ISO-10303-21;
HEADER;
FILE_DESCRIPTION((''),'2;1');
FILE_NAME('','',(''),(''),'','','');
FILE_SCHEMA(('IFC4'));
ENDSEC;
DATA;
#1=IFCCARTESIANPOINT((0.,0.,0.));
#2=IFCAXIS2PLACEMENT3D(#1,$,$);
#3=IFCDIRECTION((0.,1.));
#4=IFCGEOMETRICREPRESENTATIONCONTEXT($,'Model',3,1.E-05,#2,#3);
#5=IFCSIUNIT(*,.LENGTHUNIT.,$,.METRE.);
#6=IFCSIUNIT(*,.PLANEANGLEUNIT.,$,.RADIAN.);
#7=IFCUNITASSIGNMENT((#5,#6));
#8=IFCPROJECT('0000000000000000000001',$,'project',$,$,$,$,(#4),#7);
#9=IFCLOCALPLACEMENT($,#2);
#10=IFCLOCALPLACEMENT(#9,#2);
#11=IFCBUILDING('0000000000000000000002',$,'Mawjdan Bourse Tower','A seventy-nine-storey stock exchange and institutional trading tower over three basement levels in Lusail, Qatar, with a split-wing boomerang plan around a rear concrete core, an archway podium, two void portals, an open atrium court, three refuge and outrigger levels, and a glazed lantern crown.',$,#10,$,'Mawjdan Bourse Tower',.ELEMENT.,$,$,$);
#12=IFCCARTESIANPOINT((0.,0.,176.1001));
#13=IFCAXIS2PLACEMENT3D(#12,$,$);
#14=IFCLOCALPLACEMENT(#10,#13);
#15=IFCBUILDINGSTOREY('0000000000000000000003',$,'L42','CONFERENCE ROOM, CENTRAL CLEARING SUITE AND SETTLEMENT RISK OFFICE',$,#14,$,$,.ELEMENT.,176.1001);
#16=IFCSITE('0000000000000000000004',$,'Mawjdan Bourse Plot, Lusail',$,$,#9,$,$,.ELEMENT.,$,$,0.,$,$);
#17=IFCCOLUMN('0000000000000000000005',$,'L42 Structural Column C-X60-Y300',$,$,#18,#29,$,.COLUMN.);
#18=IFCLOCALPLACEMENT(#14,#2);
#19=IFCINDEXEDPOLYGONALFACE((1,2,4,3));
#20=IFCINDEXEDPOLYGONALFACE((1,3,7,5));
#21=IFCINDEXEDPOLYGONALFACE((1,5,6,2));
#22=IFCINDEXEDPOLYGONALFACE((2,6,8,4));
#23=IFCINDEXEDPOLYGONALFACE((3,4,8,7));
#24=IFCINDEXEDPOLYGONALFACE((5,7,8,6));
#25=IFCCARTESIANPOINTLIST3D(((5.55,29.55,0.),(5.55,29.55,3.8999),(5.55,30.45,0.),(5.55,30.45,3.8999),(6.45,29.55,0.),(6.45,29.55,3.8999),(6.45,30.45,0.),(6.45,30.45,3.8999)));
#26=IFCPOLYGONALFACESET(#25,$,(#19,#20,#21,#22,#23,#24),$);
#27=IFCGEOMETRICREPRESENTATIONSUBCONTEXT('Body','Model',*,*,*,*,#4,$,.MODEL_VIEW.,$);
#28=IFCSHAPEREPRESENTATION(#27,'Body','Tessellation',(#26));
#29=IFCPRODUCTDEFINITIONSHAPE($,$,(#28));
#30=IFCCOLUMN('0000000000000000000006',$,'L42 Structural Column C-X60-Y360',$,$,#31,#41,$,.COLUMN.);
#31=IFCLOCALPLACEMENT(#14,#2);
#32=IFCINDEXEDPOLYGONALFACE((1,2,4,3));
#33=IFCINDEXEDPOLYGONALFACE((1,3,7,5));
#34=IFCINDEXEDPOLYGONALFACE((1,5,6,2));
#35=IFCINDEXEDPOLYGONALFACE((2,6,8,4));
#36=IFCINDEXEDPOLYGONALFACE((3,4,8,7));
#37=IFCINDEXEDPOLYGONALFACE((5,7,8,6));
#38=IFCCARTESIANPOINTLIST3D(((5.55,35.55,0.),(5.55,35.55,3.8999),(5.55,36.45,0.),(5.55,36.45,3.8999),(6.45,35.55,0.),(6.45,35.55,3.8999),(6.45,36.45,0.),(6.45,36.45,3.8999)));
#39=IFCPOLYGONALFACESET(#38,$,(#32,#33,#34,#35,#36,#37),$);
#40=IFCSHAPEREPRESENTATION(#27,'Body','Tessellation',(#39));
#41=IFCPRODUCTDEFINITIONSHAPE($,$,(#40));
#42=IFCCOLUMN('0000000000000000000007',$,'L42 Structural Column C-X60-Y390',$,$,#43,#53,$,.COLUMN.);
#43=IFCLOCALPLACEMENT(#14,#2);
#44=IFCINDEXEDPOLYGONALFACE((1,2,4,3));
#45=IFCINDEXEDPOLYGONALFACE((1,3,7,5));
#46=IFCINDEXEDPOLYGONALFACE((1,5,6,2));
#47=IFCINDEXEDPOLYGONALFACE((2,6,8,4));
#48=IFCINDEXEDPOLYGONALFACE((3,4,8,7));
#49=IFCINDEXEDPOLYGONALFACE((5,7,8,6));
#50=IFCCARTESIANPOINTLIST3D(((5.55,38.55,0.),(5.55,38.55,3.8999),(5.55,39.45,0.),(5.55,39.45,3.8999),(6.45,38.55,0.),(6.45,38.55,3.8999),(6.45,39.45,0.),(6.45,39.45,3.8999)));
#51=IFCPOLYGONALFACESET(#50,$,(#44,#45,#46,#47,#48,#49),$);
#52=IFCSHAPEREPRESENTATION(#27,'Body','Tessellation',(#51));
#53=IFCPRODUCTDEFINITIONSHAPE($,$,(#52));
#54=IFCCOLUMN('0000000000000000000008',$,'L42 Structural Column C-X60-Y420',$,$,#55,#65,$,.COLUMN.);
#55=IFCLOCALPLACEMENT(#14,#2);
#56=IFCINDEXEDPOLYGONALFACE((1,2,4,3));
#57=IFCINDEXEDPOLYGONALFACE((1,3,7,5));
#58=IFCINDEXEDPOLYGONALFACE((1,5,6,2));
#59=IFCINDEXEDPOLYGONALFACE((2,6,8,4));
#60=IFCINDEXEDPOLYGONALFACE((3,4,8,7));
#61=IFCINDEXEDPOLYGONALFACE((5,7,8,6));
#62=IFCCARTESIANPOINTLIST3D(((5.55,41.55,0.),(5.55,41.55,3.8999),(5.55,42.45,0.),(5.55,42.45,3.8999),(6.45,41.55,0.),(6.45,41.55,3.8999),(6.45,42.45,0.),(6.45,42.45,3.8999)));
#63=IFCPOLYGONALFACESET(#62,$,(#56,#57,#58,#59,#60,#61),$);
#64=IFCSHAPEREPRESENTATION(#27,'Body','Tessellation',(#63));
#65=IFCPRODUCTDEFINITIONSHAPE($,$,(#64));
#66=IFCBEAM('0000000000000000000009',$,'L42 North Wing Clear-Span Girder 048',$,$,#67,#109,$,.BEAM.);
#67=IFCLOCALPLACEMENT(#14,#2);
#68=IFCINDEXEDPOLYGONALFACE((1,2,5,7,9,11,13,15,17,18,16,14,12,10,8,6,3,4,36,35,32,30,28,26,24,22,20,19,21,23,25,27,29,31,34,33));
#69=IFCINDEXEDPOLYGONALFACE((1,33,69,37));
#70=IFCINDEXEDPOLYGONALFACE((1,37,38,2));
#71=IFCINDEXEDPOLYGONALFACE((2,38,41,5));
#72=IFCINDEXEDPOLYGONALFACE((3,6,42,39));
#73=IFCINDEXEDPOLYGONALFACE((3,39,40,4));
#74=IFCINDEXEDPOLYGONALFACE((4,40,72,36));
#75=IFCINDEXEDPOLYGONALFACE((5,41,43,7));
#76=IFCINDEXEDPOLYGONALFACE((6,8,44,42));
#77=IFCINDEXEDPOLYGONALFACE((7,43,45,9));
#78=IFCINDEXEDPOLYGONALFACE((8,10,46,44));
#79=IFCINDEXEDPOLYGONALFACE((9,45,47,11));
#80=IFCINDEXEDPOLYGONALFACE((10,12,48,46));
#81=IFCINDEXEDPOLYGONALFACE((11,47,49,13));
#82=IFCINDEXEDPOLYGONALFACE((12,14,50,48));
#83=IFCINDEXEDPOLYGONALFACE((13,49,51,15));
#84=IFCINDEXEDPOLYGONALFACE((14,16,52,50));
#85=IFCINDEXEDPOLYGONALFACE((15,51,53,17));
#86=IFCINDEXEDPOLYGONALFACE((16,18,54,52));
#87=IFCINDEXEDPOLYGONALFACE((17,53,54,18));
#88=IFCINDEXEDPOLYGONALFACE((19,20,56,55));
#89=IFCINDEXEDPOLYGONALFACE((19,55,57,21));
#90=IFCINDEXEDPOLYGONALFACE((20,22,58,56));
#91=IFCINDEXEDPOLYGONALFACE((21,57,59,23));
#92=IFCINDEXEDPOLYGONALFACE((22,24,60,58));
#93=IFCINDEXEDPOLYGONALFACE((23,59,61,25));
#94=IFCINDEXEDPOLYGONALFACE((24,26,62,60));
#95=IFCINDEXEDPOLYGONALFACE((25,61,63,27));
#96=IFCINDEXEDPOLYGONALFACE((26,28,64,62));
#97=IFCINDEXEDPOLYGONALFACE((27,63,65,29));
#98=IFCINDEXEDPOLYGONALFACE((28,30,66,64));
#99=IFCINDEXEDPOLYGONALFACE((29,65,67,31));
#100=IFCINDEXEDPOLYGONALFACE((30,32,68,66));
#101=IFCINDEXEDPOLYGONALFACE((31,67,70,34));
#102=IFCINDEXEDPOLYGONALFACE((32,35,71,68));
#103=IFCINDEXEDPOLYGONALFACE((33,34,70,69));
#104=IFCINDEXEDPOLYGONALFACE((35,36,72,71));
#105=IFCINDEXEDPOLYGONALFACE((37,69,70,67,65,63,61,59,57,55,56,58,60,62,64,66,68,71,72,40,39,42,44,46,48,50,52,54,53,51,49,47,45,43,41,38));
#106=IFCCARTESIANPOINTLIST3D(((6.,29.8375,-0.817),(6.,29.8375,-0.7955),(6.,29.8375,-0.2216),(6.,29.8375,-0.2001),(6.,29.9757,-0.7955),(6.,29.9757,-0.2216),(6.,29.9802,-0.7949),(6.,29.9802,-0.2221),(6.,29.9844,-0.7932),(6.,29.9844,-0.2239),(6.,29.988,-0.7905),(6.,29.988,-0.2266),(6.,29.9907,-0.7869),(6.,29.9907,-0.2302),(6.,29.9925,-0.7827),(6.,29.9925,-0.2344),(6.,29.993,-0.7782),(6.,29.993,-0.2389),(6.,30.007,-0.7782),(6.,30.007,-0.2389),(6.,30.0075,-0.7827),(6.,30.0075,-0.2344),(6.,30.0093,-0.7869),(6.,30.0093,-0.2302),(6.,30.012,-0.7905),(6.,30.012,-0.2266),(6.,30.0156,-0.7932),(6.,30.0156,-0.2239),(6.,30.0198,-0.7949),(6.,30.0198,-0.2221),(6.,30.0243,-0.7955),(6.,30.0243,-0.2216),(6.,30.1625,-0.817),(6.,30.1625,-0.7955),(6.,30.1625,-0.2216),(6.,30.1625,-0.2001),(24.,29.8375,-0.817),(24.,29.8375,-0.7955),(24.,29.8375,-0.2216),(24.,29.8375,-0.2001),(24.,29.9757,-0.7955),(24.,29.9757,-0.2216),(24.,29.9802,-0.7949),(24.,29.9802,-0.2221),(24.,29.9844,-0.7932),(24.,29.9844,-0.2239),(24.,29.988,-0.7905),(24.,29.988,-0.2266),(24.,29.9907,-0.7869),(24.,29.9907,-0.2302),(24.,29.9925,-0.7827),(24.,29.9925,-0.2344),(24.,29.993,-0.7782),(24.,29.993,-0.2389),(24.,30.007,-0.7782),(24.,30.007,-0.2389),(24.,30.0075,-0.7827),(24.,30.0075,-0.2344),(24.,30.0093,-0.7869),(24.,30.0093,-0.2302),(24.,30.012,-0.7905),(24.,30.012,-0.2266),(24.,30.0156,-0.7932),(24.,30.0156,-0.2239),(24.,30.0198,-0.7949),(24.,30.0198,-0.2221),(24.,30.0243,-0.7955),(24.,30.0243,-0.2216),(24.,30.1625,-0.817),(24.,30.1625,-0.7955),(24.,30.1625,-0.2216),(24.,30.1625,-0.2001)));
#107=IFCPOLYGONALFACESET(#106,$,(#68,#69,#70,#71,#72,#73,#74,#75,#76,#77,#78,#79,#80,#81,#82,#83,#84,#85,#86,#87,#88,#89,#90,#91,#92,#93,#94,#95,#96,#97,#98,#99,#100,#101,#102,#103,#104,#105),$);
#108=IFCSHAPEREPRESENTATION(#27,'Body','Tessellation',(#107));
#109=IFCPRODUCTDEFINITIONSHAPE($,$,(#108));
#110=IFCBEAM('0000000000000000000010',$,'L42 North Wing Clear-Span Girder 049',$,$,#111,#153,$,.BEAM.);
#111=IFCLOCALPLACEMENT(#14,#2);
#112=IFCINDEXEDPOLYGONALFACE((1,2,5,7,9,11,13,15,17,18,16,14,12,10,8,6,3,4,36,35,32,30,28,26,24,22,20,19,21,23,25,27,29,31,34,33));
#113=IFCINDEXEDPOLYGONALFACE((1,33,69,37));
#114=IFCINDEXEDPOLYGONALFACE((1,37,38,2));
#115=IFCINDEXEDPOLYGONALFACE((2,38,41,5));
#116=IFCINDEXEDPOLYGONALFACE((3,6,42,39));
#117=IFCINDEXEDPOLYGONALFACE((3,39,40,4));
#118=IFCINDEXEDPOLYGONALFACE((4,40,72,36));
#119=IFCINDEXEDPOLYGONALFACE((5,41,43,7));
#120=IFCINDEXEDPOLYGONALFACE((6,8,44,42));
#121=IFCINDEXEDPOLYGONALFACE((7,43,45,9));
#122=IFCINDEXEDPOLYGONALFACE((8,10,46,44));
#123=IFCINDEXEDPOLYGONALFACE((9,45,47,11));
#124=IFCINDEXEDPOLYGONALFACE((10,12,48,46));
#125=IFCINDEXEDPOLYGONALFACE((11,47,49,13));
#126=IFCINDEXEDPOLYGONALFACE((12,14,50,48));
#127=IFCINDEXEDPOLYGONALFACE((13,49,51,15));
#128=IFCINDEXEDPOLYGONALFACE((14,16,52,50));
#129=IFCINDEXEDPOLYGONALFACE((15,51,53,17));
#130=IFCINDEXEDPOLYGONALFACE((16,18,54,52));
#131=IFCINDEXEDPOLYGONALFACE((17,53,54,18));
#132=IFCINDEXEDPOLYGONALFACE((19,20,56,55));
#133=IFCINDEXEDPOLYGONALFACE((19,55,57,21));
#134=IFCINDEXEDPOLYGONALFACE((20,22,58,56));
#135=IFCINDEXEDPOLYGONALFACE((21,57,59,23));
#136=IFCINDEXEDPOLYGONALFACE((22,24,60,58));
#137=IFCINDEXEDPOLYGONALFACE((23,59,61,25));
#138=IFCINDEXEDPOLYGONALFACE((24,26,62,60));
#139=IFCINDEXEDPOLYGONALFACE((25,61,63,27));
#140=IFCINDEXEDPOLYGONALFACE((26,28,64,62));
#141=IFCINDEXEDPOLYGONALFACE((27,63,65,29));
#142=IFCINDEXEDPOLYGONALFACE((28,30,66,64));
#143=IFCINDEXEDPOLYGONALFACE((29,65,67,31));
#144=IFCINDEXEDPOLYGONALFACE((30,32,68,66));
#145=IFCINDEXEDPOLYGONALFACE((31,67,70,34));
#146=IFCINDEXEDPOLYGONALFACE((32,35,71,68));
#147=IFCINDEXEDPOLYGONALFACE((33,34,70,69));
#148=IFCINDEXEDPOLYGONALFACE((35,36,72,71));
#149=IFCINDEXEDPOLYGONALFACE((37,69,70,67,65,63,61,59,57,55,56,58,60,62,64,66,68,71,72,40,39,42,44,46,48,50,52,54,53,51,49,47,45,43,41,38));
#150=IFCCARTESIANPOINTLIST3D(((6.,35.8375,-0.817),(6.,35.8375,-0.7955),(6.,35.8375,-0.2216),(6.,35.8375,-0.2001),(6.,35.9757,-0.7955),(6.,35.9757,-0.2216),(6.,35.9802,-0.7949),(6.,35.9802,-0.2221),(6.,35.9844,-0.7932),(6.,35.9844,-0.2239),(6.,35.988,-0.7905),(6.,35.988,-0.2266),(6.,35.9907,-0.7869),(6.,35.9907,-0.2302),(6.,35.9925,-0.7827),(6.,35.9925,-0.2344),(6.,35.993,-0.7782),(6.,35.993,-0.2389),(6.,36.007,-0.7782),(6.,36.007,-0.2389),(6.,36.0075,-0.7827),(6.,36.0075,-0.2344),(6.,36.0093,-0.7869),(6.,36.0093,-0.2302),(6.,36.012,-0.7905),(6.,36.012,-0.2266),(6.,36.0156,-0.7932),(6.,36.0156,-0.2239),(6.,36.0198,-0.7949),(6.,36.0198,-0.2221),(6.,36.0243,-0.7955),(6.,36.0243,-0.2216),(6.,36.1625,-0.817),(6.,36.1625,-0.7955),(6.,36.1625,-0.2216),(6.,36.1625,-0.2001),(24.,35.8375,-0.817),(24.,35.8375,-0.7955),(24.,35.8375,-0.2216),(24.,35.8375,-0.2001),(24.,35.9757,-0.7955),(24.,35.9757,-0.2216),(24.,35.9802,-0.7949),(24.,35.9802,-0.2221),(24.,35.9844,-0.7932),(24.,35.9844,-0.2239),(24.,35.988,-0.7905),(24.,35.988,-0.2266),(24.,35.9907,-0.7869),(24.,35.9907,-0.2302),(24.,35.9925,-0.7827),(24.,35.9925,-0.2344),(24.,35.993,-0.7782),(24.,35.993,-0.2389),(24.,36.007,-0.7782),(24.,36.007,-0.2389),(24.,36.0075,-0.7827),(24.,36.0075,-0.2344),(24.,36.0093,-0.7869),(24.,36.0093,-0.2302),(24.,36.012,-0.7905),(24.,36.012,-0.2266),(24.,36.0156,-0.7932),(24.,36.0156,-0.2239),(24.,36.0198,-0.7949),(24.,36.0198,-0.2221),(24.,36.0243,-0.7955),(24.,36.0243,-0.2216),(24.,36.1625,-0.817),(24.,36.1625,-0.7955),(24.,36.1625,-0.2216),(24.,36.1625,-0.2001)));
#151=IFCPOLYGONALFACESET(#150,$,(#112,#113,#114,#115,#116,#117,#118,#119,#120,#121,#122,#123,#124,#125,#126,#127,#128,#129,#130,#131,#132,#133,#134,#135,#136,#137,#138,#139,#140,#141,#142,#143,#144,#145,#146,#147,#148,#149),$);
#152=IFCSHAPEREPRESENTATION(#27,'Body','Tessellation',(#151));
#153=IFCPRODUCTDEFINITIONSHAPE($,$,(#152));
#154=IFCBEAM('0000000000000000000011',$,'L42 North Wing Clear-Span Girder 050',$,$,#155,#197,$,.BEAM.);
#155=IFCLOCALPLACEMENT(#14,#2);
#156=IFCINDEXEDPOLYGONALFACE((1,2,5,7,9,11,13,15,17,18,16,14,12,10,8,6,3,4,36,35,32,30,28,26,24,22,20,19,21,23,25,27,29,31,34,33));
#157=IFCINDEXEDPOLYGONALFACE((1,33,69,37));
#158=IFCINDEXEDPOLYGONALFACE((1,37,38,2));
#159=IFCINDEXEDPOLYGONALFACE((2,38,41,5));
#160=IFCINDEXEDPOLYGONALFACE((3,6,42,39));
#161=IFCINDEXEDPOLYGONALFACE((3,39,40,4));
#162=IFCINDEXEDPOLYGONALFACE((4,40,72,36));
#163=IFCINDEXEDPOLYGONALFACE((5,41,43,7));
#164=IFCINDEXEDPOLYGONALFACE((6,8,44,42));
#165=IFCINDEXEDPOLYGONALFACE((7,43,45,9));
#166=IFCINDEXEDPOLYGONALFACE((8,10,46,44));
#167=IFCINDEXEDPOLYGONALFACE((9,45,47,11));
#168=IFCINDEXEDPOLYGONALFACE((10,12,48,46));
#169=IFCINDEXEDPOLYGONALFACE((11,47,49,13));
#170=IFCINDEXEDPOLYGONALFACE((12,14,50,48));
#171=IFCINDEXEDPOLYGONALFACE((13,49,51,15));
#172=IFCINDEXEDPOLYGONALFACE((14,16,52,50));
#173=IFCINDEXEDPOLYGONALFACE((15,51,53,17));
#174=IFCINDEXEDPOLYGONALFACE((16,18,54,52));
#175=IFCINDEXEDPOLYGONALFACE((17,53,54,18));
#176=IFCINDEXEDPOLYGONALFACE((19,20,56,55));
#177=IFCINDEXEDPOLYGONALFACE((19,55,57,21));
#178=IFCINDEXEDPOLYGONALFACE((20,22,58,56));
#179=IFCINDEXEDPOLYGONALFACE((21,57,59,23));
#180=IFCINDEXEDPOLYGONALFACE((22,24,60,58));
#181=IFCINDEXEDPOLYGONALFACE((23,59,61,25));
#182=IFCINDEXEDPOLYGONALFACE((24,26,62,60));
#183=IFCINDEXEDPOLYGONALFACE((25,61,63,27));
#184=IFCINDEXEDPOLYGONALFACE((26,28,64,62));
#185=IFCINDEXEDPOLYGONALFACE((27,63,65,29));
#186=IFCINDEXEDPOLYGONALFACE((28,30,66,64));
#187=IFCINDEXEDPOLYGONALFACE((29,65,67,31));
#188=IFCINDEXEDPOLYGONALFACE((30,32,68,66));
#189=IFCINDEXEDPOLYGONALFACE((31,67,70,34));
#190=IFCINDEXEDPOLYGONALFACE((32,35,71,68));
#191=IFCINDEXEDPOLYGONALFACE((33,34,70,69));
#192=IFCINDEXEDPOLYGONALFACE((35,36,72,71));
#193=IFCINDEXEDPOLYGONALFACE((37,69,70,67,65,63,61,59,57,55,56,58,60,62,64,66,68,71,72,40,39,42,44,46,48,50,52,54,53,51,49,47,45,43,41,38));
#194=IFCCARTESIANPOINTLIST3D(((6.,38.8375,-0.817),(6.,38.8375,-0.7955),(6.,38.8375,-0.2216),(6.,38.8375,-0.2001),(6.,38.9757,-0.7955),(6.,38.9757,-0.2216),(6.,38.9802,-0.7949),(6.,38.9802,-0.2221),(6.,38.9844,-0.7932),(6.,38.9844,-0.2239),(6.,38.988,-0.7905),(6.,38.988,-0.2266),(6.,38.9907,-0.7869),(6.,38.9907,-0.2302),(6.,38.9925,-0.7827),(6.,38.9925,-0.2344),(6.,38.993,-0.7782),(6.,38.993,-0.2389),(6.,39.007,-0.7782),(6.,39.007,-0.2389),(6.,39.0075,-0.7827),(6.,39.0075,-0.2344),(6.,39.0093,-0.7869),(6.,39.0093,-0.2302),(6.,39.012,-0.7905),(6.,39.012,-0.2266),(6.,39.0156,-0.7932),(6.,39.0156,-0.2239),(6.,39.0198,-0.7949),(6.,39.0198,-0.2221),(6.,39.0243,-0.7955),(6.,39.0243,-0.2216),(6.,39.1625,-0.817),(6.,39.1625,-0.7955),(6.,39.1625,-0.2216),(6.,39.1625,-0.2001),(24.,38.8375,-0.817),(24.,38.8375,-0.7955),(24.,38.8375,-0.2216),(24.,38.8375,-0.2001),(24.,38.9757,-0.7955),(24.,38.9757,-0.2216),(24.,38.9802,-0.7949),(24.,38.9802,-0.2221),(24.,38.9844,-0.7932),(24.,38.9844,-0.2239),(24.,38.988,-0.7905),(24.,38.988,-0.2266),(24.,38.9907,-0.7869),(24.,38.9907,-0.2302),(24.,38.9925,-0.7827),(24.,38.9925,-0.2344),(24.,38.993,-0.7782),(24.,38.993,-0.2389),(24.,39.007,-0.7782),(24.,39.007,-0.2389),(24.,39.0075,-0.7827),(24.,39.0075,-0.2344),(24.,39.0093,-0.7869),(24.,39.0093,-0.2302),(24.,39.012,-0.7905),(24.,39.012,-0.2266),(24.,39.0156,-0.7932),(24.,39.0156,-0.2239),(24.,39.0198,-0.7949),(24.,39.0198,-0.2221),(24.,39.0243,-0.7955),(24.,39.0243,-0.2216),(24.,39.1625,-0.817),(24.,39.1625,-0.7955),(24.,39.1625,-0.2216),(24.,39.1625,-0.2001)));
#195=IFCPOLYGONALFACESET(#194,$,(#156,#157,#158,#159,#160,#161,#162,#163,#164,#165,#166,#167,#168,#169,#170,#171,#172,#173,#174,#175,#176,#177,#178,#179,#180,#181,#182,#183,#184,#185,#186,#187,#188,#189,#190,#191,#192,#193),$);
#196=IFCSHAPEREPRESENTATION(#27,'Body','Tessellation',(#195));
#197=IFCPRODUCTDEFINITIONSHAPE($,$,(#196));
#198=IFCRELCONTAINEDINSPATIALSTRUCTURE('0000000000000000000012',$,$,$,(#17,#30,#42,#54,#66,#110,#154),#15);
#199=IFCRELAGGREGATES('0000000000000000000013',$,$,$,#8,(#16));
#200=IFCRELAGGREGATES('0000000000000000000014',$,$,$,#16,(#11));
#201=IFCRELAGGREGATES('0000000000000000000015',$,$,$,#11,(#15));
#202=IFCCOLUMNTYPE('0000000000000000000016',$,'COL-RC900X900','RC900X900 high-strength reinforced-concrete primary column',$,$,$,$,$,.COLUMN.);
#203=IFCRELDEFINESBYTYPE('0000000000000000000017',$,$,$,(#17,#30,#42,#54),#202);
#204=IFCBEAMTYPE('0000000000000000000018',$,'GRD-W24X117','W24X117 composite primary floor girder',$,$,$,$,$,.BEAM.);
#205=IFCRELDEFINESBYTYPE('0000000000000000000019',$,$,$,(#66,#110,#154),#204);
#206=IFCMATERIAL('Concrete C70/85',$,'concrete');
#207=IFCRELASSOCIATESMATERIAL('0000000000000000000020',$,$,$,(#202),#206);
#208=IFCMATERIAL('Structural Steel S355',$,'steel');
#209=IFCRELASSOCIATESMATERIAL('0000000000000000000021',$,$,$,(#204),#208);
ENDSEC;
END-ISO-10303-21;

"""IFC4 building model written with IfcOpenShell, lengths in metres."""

from ifc_helpers import new_model, si_unit, direction, frame, origin, origin_2d, place, context, subcontext, project, spatial, rectangle, i_section, extrude, material, material_profile, profile_set, type_object, element, save


model = new_model("IFC4")

# Units and contexts
model_context = context("Model", 3, precision=1e-05, world=origin(), true_north=direction((0.0, 1.0)))
body_context = subcontext(model_context, "Body", "Model", "MODEL_VIEW")
ifc_project = project(units=[si_unit("LENGTHUNIT", "METRE"), si_unit("PLANEANGLEUNIT", "RADIAN")], contexts=[model_context])

# Site, building, storey
site_placement = place(None, origin())
site = spatial("IfcSite", under=ifc_project, at=site_placement, Name="Mawjdan Bourse Plot, Lusail", CompositionType="ELEMENT", RefElevation=0.0)
building_placement = place(site_placement, origin())
building = spatial("IfcBuilding", under=site, at=building_placement, Name="Mawjdan Bourse Tower", Description="A seventy-nine-storey stock exchange and institutional trading tower over three basement levels in Lusail, Qatar, with a split-wing boomerang plan around a rear concrete core, an archway podium, two void portals, an open atrium court, three refuge and outrigger levels, and a glazed lantern crown.", LongName="Mawjdan Bourse Tower", CompositionType="ELEMENT")
storey_placement = place(building_placement, frame((0.0, 0.0, 176.1001)))
storey = spatial("IfcBuildingStorey", under=building, at=storey_placement, Name="L42", Description="CONFERENCE ROOM, CENTRAL CLEARING SUITE AND SETTLEMENT RISK OFFICE", CompositionType="ELEMENT", Elevation=176.1001)

# Columns
ifc_material_1 = material(Name="Concrete C70/85", Category="concrete")
ifc_material_profile_1 = material_profile(ifc_material_1, rectangle(XDim=0.8999, YDim=0.8999, at=origin_2d()), Name="RC900X900")
ifc_profile_set_1 = profile_set([ifc_material_profile_1], Name="Concrete C70/85")
column_type = type_object("IfcColumnType", Name="COL-RC900X900", Description="RC900X900 high-strength reinforced-concrete primary column", PredefinedType="COLUMN", material=ifc_profile_set_1)
for number, where, z_axis, x_axis, name in (
    (1, (6.0, 30.0, 0.0), (0.0, 0.0, 1.0), (1.0, 0.0, 0.0), "L42 Structural Column C-X60-Y300"),
    (2, (6.0, 36.0, 0.0), (0.0, 0.0, 1.0), (1.0, 0.0, 0.0), "L42 Structural Column C-X60-Y360"),
    (3, (6.0, 39.0, 0.0), (0.0, 0.0, 1.0), (1.0, 0.0, 0.0), "L42 Structural Column C-X60-Y390"),
    (4, (6.0, 42.0, 0.0), (0.0, 0.0, 1.0), (1.0, 0.0, 0.0), "L42 Structural Column C-X60-Y420"),
):
    element("IfcColumn", number, at=place(storey_placement, frame(where, z_axis=z_axis, x_axis=x_axis)), inside=storey, type_object=column_type, Name=name, PredefinedType="COLUMN", context=body_context, shape_type="SweptSolid", body=[
        extrude(rectangle(XDim=0.8999, YDim=0.8999, at=origin_2d()), origin(), (0.0, 0.0, 1.0), 3.8999),
    ])

# Beams
ifc_material_2 = material(Name="Structural Steel S355", Category="steel")
ifc_material_profile_2 = material_profile(ifc_material_2, i_section(OverallWidth=0.325, OverallDepth=0.6169, WebThickness=0.0139, FlangeThickness=0.0215, FilletRadius=0.0173, at=origin_2d()), Name="W24X117")
ifc_profile_set_2 = profile_set([ifc_material_profile_2], Name="Structural Steel S355")
beam_type_1 = type_object("IfcBeamType", Name="GRD-W24X117", Description="W24X117 composite primary floor girder", PredefinedType="BEAM", material=ifc_profile_set_2)
for number, where, z_axis, x_axis, name in (
    (5, (6.0, 30.0, -0.5085), (1.0, 0.0, 0.0), (0.0, 1.0, 0.0), "L42 North Wing Clear-Span Girder 048"),
    (6, (6.0, 36.0, -0.5085), (1.0, 0.0, 0.0), (0.0, 1.0, 0.0), "L42 North Wing Clear-Span Girder 049"),
    (7, (6.0, 39.0, -0.5085), (1.0, 0.0, 0.0), (0.0, 1.0, 0.0), "L42 North Wing Clear-Span Girder 050"),
):
    element("IfcBeam", number, at=place(storey_placement, frame(where, z_axis=z_axis, x_axis=x_axis)), inside=storey, type_object=beam_type_1, Name=name, PredefinedType="BEAM", context=body_context, shape_type="SweptSolid", body=[
        extrude(i_section(OverallWidth=0.325, OverallDepth=0.6169, WebThickness=0.0139, FlangeThickness=0.0215, FilletRadius=0.0173, at=origin_2d()), origin(), (0.0, 0.0, 1.0), 18.0),
    ])

save(model, "model.ifc")
